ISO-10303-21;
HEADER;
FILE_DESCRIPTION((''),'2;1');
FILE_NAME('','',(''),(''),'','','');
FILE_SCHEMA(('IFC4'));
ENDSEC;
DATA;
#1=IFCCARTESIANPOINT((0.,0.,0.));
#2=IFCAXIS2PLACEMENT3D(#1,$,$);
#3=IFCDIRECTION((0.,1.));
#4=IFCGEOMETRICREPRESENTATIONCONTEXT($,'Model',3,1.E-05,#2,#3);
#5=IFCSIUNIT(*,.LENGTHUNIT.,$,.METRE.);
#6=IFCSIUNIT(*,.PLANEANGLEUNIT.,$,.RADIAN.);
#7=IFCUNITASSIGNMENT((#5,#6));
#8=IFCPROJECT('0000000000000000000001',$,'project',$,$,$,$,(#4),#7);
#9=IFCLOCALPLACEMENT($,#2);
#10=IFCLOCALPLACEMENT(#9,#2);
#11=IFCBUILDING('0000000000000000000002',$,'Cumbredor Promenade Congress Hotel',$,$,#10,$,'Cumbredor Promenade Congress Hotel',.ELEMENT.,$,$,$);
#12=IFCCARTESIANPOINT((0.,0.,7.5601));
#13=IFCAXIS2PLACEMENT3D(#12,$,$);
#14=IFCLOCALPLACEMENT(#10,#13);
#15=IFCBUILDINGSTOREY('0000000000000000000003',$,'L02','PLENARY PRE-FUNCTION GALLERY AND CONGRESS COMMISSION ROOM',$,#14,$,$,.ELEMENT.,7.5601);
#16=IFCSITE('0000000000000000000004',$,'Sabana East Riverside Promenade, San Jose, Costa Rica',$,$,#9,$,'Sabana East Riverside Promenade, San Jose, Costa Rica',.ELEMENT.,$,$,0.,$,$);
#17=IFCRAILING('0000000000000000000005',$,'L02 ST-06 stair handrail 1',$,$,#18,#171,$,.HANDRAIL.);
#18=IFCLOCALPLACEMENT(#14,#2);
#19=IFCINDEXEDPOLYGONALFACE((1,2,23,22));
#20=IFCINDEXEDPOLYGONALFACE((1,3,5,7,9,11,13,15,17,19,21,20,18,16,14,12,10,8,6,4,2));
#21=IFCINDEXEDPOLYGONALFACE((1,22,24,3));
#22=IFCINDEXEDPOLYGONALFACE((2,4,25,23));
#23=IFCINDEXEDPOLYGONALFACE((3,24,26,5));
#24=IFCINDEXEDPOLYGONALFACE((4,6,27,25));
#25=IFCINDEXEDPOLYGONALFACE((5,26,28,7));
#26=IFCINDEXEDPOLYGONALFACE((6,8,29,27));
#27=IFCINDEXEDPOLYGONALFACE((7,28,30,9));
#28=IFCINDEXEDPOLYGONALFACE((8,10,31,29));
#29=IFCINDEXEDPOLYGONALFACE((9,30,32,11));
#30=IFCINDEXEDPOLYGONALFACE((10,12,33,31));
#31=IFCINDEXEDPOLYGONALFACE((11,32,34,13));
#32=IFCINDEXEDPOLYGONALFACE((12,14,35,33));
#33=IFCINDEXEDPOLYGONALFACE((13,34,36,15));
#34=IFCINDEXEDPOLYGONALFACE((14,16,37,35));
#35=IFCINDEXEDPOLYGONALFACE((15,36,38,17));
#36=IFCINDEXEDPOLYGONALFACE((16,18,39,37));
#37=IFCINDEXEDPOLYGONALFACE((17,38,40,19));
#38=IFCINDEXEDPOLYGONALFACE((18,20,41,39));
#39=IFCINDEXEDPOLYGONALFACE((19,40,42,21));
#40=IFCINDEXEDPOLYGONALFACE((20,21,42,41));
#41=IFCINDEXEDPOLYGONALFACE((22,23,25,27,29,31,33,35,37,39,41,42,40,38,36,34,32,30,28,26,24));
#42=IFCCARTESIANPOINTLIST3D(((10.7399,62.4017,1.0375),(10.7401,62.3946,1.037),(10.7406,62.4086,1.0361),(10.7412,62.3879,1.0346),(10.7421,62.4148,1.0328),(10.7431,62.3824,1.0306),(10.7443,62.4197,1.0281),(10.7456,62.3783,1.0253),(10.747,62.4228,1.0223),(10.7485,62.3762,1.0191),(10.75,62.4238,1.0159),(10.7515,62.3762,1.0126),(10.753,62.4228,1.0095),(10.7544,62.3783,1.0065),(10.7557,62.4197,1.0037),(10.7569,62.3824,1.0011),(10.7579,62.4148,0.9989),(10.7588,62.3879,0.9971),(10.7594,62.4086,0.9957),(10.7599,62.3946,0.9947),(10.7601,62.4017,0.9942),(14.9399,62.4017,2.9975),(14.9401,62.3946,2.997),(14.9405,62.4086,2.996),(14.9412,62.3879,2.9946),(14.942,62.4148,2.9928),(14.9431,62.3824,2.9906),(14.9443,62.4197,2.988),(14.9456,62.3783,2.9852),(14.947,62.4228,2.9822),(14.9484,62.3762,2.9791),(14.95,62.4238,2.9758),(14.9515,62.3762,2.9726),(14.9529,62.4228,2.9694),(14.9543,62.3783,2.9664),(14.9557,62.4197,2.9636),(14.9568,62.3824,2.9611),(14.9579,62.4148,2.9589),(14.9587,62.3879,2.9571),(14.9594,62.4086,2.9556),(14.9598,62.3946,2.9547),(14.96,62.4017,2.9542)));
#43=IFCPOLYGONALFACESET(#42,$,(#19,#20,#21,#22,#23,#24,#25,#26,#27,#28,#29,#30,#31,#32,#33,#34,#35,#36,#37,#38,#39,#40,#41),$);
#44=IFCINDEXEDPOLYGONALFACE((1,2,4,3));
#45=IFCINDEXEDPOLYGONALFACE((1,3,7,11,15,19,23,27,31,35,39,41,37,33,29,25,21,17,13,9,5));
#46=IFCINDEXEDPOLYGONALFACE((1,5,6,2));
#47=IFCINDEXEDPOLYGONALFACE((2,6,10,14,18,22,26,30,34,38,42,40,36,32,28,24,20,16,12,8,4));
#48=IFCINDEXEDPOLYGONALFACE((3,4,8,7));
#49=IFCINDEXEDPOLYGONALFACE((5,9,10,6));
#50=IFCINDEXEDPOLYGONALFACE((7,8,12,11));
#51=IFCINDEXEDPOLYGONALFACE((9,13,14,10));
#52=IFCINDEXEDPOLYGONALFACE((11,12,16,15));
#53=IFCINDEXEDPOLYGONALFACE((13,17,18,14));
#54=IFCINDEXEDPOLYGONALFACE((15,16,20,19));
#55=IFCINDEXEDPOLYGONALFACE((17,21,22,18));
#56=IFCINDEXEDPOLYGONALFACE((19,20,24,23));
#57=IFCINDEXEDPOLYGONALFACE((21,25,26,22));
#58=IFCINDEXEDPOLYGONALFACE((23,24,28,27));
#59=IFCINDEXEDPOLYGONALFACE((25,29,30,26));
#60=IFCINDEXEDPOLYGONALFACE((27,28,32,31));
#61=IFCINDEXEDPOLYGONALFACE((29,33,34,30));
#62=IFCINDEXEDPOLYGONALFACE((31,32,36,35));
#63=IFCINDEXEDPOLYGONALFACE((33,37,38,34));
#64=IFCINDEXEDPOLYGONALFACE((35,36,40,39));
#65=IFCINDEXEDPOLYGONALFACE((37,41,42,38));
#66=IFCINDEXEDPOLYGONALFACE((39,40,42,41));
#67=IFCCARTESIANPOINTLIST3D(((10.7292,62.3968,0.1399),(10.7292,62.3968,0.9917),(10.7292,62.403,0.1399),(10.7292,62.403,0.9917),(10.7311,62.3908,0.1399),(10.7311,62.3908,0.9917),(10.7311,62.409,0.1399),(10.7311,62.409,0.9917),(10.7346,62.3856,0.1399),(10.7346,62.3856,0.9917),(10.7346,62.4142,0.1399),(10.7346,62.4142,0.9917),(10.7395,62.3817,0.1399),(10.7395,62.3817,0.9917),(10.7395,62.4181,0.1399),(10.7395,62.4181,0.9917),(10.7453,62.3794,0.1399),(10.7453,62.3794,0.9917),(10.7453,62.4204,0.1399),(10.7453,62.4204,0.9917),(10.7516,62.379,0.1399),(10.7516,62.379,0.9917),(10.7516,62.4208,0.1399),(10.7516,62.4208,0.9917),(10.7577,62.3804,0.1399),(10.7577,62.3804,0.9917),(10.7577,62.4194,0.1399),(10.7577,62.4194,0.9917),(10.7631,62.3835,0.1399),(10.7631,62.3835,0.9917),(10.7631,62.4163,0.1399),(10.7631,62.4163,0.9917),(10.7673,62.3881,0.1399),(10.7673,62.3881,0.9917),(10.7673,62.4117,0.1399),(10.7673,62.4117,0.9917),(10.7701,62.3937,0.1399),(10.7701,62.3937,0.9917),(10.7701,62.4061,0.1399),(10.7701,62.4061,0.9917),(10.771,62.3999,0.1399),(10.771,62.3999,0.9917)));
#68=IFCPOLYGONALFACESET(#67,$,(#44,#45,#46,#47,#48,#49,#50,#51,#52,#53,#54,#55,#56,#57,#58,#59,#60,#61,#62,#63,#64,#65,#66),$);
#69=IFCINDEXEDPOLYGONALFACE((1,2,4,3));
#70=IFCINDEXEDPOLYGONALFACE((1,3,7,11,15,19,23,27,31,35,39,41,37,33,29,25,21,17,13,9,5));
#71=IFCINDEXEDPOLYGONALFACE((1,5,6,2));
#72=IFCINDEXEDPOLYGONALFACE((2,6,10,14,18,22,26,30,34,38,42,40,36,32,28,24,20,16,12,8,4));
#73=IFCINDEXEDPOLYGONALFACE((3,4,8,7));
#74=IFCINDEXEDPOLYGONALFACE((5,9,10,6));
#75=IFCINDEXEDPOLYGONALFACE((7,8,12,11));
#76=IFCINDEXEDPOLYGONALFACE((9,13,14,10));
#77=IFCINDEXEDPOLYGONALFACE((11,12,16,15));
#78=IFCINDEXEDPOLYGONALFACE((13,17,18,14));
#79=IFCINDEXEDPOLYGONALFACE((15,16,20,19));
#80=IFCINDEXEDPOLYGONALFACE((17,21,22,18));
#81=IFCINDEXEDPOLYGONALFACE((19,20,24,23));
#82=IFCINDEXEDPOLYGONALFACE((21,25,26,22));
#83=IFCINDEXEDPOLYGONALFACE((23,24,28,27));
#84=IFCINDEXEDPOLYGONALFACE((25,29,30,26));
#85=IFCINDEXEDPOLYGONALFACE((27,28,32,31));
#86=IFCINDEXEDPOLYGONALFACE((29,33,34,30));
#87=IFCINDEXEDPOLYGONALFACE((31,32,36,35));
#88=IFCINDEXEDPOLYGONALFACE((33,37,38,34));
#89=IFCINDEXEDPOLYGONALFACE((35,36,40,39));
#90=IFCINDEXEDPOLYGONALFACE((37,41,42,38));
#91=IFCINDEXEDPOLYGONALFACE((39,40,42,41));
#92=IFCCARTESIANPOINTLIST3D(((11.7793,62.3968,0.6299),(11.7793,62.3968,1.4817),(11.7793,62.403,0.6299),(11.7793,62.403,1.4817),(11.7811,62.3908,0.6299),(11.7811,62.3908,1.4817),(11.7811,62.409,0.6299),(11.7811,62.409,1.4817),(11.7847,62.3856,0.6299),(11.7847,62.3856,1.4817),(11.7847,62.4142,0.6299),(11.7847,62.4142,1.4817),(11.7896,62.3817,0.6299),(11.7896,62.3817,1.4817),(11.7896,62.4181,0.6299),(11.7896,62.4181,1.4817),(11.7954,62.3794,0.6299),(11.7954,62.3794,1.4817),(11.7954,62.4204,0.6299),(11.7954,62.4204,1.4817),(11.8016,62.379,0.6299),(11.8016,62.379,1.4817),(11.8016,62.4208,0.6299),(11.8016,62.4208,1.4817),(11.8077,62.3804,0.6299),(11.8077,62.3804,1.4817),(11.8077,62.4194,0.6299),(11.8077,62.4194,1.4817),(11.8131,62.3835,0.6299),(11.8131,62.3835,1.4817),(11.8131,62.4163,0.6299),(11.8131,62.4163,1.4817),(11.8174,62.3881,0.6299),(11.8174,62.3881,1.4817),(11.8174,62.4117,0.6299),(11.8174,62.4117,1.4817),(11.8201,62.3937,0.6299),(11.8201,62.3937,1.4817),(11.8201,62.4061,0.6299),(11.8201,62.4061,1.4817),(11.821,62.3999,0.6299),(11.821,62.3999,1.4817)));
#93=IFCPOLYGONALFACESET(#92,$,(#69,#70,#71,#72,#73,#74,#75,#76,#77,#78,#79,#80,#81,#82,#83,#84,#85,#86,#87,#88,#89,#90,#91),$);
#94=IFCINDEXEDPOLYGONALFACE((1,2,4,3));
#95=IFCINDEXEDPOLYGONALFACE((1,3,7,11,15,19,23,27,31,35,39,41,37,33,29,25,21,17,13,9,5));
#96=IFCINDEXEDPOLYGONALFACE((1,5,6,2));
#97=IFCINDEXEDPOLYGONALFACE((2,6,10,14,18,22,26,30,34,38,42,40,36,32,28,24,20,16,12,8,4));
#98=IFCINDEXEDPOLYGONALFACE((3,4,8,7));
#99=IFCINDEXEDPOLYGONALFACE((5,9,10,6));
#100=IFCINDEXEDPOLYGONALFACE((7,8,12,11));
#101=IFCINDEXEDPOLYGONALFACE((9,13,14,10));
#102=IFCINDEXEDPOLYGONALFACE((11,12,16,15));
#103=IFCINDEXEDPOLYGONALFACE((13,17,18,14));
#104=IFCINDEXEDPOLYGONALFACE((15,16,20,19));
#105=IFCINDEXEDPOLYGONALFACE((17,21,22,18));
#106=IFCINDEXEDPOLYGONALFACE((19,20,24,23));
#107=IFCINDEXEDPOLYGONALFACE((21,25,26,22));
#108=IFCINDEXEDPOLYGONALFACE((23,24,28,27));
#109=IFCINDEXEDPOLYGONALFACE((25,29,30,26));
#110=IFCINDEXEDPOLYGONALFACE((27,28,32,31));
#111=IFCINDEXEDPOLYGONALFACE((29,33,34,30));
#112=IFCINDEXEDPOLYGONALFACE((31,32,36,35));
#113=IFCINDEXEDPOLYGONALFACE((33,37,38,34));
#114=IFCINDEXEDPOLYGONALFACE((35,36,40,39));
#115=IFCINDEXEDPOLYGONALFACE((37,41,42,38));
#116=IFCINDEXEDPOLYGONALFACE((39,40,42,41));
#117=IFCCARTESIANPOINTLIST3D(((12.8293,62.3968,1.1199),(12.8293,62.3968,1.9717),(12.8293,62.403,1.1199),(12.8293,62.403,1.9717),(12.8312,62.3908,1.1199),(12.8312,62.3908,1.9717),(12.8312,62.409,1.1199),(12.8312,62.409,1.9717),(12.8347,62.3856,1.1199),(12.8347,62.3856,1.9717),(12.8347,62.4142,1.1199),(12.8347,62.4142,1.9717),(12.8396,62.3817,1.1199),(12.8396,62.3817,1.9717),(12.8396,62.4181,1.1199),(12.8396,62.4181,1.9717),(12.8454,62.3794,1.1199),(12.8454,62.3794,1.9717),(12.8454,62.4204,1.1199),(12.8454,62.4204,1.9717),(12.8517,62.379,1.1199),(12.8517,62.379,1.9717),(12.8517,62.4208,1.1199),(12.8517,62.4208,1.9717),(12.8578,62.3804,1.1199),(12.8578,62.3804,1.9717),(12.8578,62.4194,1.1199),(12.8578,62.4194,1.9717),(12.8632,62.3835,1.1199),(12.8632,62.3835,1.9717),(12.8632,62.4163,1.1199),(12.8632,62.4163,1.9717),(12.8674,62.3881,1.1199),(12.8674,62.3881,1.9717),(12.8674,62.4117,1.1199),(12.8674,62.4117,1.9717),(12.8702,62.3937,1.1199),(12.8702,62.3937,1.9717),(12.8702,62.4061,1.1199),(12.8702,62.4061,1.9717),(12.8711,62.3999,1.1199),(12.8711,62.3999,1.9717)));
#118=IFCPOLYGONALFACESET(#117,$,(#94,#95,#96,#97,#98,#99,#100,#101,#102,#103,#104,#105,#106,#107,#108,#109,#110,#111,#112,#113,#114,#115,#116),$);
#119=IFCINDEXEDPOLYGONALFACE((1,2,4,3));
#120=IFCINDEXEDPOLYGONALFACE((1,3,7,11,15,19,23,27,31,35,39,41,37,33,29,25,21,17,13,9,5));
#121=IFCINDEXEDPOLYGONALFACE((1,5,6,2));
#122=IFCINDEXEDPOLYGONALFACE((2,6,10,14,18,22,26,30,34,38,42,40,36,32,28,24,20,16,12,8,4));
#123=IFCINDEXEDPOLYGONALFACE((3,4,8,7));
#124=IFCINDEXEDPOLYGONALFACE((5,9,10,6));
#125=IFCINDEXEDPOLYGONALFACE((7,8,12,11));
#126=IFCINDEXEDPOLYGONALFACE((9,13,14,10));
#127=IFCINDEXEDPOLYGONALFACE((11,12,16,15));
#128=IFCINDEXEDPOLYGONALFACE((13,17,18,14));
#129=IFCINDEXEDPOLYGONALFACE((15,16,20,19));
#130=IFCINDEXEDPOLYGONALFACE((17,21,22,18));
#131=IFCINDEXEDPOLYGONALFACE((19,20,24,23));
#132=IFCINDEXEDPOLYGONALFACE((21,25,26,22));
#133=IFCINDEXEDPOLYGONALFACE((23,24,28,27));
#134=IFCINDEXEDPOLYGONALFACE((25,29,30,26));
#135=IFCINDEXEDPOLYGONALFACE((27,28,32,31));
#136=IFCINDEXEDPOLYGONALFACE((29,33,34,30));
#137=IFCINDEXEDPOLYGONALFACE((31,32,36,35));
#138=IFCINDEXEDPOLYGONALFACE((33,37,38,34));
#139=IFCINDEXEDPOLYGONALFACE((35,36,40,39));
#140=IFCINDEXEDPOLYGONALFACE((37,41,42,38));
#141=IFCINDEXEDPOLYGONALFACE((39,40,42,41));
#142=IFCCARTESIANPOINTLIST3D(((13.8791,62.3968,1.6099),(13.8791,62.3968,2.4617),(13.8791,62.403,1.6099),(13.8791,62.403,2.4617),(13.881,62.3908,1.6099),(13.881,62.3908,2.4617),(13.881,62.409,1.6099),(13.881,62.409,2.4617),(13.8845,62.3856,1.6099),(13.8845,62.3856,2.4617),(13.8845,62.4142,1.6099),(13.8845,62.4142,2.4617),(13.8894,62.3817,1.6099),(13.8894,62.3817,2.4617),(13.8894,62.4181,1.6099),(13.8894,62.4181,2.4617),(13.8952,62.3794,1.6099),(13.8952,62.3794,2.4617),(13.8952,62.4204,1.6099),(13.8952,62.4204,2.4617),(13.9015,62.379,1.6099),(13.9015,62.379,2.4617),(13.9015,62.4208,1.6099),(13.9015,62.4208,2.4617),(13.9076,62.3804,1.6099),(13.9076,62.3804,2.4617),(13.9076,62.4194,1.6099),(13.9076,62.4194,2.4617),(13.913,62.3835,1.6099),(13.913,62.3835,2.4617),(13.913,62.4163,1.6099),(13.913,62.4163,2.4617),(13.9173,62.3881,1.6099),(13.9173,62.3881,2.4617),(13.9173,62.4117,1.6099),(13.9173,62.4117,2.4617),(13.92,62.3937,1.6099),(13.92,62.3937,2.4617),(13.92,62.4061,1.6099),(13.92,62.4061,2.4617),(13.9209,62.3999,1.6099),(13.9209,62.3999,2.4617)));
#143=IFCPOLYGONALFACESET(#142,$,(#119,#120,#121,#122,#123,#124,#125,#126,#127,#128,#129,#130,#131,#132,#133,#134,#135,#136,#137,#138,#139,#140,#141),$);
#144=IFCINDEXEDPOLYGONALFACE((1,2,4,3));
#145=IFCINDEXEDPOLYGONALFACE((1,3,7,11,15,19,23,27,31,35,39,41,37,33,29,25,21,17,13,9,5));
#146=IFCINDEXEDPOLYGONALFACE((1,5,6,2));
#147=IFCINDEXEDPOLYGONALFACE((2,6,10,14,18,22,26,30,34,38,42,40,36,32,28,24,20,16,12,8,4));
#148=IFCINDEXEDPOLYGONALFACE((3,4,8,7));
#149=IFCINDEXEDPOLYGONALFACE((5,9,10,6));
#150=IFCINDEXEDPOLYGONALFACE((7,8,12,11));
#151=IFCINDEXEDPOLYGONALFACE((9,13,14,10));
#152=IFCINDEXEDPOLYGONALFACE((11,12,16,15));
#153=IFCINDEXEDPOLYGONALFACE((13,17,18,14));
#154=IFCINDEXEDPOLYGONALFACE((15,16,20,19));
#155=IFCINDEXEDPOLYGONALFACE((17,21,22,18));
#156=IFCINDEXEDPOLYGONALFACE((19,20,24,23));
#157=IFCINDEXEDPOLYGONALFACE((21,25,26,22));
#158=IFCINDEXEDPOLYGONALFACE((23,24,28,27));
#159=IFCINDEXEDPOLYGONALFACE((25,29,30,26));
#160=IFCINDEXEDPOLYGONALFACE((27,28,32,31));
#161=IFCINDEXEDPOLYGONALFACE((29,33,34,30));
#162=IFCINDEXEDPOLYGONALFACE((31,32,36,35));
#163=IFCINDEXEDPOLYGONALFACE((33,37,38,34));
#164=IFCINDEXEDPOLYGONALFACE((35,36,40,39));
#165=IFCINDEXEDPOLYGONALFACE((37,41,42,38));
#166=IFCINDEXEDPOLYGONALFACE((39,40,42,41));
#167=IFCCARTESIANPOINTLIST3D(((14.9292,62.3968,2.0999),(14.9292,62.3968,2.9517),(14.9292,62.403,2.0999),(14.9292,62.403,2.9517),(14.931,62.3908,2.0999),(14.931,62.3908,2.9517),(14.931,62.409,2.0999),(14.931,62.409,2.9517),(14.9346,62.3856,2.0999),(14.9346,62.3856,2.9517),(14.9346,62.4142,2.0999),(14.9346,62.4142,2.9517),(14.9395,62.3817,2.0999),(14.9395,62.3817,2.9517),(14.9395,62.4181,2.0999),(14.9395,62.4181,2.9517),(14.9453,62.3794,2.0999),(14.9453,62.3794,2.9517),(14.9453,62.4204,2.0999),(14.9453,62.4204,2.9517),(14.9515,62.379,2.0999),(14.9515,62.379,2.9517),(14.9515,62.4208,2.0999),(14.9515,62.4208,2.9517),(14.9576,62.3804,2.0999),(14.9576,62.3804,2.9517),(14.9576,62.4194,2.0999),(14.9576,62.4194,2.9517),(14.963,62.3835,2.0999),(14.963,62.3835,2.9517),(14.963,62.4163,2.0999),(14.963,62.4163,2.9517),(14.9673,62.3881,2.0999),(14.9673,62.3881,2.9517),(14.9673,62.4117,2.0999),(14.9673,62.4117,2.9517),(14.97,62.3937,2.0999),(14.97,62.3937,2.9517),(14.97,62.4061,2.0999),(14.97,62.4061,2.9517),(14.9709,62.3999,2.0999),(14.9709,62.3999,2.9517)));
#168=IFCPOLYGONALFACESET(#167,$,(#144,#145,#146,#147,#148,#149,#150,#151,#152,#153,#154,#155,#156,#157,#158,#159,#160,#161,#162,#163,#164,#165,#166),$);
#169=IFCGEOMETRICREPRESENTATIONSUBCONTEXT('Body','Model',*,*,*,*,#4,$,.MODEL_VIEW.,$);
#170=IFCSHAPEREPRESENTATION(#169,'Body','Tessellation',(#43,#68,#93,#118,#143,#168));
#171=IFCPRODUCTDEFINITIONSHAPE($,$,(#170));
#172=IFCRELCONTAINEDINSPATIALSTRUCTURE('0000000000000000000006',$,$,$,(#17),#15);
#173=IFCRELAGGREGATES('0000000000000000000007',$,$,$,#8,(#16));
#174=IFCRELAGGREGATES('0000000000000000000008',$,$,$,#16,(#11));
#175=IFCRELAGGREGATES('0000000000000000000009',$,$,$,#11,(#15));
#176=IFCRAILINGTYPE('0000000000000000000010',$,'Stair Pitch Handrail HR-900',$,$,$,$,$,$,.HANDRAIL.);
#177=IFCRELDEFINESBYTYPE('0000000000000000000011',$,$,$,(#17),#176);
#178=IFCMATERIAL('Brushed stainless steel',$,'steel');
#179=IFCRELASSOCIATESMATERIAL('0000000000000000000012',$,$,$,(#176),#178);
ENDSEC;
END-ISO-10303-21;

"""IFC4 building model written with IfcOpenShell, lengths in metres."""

from ifc_helpers import new_model, si_unit, direction, frame, origin, origin_2d, place, context, subcontext, project, spatial, circle, extrude, material, type_object, element, save


model = new_model("IFC4")

# Units and contexts
model_context = context("Model", 3, precision=1e-05, world=origin(), true_north=direction((0.0, 1.0)))
body_context = subcontext(model_context, "Body", "Model", "MODEL_VIEW")
ifc_project = project(units=[si_unit("LENGTHUNIT", "METRE"), si_unit("PLANEANGLEUNIT", "RADIAN")], contexts=[model_context])

# Site, building, storey
site_placement = place(None, origin())
site = spatial("IfcSite", under=ifc_project, at=site_placement, Name="Sabana East Riverside Promenade, San Jose, Costa Rica", LongName="Sabana East Riverside Promenade, San Jose, Costa Rica", CompositionType="ELEMENT", RefElevation=0.0)
building_placement = place(site_placement, origin())
building = spatial("IfcBuilding", under=site, at=building_placement, Name="Cumbredor Promenade Congress Hotel", LongName="Cumbredor Promenade Congress Hotel", CompositionType="ELEMENT")
storey_placement = place(building_placement, frame((0.0, 0.0, 7.5601)))
storey = spatial("IfcBuildingStorey", under=building, at=storey_placement, Name="L02", Description="PLENARY PRE-FUNCTION GALLERY AND CONGRESS COMMISSION ROOM", CompositionType="ELEMENT", Elevation=7.5601)

# Shared definitions
ifc_material_1 = material(Name="Brushed stainless steel", Category="steel")

# Railing
railing_type_1 = type_object("IfcRailingType", Name="Stair Pitch Handrail HR-900", PredefinedType="HANDRAIL", material=ifc_material_1)
railing_1_placement = place(storey_placement, frame((10.75, 62.3999, 0.1399)))
element("IfcRailing", 1, at=railing_1_placement, inside=storey, type_object=railing_type_1, Name="L02 ST-06 stair handrail 1", PredefinedType="HANDRAIL", context=body_context, shape_type="SweptSolid", body=[
    extrude(circle(Radius=0.0239, at=origin_2d()), frame((0.0, 0.0, 0.876), z_axis=(0.906184, 0.0, 0.422883), x_axis=(0.0, 1.0, 0.0)), (0.0, 0.0, 1.0), 4.6348),
    extrude(circle(Radius=0.021, at=origin_2d()), origin(), (0.0, 0.0, 1.0), 0.8518),
    extrude(circle(Radius=0.021, at=origin_2d()), frame((1.05, 0.0, 0.49)), (0.0, 0.0, 1.0), 0.8518),
    extrude(circle(Radius=0.021, at=origin_2d()), frame((2.1001, 0.0, 0.98)), (0.0, 0.0, 1.0), 0.8518),
    extrude(circle(Radius=0.021, at=origin_2d()), frame((3.1499, 0.0, 1.47)), (0.0, 0.0, 1.0), 0.8518),
    extrude(circle(Radius=0.021, at=origin_2d()), frame((4.2, 0.0, 1.96)), (0.0, 0.0, 1.0), 0.8518),
])

save(model, "model.ifc")
